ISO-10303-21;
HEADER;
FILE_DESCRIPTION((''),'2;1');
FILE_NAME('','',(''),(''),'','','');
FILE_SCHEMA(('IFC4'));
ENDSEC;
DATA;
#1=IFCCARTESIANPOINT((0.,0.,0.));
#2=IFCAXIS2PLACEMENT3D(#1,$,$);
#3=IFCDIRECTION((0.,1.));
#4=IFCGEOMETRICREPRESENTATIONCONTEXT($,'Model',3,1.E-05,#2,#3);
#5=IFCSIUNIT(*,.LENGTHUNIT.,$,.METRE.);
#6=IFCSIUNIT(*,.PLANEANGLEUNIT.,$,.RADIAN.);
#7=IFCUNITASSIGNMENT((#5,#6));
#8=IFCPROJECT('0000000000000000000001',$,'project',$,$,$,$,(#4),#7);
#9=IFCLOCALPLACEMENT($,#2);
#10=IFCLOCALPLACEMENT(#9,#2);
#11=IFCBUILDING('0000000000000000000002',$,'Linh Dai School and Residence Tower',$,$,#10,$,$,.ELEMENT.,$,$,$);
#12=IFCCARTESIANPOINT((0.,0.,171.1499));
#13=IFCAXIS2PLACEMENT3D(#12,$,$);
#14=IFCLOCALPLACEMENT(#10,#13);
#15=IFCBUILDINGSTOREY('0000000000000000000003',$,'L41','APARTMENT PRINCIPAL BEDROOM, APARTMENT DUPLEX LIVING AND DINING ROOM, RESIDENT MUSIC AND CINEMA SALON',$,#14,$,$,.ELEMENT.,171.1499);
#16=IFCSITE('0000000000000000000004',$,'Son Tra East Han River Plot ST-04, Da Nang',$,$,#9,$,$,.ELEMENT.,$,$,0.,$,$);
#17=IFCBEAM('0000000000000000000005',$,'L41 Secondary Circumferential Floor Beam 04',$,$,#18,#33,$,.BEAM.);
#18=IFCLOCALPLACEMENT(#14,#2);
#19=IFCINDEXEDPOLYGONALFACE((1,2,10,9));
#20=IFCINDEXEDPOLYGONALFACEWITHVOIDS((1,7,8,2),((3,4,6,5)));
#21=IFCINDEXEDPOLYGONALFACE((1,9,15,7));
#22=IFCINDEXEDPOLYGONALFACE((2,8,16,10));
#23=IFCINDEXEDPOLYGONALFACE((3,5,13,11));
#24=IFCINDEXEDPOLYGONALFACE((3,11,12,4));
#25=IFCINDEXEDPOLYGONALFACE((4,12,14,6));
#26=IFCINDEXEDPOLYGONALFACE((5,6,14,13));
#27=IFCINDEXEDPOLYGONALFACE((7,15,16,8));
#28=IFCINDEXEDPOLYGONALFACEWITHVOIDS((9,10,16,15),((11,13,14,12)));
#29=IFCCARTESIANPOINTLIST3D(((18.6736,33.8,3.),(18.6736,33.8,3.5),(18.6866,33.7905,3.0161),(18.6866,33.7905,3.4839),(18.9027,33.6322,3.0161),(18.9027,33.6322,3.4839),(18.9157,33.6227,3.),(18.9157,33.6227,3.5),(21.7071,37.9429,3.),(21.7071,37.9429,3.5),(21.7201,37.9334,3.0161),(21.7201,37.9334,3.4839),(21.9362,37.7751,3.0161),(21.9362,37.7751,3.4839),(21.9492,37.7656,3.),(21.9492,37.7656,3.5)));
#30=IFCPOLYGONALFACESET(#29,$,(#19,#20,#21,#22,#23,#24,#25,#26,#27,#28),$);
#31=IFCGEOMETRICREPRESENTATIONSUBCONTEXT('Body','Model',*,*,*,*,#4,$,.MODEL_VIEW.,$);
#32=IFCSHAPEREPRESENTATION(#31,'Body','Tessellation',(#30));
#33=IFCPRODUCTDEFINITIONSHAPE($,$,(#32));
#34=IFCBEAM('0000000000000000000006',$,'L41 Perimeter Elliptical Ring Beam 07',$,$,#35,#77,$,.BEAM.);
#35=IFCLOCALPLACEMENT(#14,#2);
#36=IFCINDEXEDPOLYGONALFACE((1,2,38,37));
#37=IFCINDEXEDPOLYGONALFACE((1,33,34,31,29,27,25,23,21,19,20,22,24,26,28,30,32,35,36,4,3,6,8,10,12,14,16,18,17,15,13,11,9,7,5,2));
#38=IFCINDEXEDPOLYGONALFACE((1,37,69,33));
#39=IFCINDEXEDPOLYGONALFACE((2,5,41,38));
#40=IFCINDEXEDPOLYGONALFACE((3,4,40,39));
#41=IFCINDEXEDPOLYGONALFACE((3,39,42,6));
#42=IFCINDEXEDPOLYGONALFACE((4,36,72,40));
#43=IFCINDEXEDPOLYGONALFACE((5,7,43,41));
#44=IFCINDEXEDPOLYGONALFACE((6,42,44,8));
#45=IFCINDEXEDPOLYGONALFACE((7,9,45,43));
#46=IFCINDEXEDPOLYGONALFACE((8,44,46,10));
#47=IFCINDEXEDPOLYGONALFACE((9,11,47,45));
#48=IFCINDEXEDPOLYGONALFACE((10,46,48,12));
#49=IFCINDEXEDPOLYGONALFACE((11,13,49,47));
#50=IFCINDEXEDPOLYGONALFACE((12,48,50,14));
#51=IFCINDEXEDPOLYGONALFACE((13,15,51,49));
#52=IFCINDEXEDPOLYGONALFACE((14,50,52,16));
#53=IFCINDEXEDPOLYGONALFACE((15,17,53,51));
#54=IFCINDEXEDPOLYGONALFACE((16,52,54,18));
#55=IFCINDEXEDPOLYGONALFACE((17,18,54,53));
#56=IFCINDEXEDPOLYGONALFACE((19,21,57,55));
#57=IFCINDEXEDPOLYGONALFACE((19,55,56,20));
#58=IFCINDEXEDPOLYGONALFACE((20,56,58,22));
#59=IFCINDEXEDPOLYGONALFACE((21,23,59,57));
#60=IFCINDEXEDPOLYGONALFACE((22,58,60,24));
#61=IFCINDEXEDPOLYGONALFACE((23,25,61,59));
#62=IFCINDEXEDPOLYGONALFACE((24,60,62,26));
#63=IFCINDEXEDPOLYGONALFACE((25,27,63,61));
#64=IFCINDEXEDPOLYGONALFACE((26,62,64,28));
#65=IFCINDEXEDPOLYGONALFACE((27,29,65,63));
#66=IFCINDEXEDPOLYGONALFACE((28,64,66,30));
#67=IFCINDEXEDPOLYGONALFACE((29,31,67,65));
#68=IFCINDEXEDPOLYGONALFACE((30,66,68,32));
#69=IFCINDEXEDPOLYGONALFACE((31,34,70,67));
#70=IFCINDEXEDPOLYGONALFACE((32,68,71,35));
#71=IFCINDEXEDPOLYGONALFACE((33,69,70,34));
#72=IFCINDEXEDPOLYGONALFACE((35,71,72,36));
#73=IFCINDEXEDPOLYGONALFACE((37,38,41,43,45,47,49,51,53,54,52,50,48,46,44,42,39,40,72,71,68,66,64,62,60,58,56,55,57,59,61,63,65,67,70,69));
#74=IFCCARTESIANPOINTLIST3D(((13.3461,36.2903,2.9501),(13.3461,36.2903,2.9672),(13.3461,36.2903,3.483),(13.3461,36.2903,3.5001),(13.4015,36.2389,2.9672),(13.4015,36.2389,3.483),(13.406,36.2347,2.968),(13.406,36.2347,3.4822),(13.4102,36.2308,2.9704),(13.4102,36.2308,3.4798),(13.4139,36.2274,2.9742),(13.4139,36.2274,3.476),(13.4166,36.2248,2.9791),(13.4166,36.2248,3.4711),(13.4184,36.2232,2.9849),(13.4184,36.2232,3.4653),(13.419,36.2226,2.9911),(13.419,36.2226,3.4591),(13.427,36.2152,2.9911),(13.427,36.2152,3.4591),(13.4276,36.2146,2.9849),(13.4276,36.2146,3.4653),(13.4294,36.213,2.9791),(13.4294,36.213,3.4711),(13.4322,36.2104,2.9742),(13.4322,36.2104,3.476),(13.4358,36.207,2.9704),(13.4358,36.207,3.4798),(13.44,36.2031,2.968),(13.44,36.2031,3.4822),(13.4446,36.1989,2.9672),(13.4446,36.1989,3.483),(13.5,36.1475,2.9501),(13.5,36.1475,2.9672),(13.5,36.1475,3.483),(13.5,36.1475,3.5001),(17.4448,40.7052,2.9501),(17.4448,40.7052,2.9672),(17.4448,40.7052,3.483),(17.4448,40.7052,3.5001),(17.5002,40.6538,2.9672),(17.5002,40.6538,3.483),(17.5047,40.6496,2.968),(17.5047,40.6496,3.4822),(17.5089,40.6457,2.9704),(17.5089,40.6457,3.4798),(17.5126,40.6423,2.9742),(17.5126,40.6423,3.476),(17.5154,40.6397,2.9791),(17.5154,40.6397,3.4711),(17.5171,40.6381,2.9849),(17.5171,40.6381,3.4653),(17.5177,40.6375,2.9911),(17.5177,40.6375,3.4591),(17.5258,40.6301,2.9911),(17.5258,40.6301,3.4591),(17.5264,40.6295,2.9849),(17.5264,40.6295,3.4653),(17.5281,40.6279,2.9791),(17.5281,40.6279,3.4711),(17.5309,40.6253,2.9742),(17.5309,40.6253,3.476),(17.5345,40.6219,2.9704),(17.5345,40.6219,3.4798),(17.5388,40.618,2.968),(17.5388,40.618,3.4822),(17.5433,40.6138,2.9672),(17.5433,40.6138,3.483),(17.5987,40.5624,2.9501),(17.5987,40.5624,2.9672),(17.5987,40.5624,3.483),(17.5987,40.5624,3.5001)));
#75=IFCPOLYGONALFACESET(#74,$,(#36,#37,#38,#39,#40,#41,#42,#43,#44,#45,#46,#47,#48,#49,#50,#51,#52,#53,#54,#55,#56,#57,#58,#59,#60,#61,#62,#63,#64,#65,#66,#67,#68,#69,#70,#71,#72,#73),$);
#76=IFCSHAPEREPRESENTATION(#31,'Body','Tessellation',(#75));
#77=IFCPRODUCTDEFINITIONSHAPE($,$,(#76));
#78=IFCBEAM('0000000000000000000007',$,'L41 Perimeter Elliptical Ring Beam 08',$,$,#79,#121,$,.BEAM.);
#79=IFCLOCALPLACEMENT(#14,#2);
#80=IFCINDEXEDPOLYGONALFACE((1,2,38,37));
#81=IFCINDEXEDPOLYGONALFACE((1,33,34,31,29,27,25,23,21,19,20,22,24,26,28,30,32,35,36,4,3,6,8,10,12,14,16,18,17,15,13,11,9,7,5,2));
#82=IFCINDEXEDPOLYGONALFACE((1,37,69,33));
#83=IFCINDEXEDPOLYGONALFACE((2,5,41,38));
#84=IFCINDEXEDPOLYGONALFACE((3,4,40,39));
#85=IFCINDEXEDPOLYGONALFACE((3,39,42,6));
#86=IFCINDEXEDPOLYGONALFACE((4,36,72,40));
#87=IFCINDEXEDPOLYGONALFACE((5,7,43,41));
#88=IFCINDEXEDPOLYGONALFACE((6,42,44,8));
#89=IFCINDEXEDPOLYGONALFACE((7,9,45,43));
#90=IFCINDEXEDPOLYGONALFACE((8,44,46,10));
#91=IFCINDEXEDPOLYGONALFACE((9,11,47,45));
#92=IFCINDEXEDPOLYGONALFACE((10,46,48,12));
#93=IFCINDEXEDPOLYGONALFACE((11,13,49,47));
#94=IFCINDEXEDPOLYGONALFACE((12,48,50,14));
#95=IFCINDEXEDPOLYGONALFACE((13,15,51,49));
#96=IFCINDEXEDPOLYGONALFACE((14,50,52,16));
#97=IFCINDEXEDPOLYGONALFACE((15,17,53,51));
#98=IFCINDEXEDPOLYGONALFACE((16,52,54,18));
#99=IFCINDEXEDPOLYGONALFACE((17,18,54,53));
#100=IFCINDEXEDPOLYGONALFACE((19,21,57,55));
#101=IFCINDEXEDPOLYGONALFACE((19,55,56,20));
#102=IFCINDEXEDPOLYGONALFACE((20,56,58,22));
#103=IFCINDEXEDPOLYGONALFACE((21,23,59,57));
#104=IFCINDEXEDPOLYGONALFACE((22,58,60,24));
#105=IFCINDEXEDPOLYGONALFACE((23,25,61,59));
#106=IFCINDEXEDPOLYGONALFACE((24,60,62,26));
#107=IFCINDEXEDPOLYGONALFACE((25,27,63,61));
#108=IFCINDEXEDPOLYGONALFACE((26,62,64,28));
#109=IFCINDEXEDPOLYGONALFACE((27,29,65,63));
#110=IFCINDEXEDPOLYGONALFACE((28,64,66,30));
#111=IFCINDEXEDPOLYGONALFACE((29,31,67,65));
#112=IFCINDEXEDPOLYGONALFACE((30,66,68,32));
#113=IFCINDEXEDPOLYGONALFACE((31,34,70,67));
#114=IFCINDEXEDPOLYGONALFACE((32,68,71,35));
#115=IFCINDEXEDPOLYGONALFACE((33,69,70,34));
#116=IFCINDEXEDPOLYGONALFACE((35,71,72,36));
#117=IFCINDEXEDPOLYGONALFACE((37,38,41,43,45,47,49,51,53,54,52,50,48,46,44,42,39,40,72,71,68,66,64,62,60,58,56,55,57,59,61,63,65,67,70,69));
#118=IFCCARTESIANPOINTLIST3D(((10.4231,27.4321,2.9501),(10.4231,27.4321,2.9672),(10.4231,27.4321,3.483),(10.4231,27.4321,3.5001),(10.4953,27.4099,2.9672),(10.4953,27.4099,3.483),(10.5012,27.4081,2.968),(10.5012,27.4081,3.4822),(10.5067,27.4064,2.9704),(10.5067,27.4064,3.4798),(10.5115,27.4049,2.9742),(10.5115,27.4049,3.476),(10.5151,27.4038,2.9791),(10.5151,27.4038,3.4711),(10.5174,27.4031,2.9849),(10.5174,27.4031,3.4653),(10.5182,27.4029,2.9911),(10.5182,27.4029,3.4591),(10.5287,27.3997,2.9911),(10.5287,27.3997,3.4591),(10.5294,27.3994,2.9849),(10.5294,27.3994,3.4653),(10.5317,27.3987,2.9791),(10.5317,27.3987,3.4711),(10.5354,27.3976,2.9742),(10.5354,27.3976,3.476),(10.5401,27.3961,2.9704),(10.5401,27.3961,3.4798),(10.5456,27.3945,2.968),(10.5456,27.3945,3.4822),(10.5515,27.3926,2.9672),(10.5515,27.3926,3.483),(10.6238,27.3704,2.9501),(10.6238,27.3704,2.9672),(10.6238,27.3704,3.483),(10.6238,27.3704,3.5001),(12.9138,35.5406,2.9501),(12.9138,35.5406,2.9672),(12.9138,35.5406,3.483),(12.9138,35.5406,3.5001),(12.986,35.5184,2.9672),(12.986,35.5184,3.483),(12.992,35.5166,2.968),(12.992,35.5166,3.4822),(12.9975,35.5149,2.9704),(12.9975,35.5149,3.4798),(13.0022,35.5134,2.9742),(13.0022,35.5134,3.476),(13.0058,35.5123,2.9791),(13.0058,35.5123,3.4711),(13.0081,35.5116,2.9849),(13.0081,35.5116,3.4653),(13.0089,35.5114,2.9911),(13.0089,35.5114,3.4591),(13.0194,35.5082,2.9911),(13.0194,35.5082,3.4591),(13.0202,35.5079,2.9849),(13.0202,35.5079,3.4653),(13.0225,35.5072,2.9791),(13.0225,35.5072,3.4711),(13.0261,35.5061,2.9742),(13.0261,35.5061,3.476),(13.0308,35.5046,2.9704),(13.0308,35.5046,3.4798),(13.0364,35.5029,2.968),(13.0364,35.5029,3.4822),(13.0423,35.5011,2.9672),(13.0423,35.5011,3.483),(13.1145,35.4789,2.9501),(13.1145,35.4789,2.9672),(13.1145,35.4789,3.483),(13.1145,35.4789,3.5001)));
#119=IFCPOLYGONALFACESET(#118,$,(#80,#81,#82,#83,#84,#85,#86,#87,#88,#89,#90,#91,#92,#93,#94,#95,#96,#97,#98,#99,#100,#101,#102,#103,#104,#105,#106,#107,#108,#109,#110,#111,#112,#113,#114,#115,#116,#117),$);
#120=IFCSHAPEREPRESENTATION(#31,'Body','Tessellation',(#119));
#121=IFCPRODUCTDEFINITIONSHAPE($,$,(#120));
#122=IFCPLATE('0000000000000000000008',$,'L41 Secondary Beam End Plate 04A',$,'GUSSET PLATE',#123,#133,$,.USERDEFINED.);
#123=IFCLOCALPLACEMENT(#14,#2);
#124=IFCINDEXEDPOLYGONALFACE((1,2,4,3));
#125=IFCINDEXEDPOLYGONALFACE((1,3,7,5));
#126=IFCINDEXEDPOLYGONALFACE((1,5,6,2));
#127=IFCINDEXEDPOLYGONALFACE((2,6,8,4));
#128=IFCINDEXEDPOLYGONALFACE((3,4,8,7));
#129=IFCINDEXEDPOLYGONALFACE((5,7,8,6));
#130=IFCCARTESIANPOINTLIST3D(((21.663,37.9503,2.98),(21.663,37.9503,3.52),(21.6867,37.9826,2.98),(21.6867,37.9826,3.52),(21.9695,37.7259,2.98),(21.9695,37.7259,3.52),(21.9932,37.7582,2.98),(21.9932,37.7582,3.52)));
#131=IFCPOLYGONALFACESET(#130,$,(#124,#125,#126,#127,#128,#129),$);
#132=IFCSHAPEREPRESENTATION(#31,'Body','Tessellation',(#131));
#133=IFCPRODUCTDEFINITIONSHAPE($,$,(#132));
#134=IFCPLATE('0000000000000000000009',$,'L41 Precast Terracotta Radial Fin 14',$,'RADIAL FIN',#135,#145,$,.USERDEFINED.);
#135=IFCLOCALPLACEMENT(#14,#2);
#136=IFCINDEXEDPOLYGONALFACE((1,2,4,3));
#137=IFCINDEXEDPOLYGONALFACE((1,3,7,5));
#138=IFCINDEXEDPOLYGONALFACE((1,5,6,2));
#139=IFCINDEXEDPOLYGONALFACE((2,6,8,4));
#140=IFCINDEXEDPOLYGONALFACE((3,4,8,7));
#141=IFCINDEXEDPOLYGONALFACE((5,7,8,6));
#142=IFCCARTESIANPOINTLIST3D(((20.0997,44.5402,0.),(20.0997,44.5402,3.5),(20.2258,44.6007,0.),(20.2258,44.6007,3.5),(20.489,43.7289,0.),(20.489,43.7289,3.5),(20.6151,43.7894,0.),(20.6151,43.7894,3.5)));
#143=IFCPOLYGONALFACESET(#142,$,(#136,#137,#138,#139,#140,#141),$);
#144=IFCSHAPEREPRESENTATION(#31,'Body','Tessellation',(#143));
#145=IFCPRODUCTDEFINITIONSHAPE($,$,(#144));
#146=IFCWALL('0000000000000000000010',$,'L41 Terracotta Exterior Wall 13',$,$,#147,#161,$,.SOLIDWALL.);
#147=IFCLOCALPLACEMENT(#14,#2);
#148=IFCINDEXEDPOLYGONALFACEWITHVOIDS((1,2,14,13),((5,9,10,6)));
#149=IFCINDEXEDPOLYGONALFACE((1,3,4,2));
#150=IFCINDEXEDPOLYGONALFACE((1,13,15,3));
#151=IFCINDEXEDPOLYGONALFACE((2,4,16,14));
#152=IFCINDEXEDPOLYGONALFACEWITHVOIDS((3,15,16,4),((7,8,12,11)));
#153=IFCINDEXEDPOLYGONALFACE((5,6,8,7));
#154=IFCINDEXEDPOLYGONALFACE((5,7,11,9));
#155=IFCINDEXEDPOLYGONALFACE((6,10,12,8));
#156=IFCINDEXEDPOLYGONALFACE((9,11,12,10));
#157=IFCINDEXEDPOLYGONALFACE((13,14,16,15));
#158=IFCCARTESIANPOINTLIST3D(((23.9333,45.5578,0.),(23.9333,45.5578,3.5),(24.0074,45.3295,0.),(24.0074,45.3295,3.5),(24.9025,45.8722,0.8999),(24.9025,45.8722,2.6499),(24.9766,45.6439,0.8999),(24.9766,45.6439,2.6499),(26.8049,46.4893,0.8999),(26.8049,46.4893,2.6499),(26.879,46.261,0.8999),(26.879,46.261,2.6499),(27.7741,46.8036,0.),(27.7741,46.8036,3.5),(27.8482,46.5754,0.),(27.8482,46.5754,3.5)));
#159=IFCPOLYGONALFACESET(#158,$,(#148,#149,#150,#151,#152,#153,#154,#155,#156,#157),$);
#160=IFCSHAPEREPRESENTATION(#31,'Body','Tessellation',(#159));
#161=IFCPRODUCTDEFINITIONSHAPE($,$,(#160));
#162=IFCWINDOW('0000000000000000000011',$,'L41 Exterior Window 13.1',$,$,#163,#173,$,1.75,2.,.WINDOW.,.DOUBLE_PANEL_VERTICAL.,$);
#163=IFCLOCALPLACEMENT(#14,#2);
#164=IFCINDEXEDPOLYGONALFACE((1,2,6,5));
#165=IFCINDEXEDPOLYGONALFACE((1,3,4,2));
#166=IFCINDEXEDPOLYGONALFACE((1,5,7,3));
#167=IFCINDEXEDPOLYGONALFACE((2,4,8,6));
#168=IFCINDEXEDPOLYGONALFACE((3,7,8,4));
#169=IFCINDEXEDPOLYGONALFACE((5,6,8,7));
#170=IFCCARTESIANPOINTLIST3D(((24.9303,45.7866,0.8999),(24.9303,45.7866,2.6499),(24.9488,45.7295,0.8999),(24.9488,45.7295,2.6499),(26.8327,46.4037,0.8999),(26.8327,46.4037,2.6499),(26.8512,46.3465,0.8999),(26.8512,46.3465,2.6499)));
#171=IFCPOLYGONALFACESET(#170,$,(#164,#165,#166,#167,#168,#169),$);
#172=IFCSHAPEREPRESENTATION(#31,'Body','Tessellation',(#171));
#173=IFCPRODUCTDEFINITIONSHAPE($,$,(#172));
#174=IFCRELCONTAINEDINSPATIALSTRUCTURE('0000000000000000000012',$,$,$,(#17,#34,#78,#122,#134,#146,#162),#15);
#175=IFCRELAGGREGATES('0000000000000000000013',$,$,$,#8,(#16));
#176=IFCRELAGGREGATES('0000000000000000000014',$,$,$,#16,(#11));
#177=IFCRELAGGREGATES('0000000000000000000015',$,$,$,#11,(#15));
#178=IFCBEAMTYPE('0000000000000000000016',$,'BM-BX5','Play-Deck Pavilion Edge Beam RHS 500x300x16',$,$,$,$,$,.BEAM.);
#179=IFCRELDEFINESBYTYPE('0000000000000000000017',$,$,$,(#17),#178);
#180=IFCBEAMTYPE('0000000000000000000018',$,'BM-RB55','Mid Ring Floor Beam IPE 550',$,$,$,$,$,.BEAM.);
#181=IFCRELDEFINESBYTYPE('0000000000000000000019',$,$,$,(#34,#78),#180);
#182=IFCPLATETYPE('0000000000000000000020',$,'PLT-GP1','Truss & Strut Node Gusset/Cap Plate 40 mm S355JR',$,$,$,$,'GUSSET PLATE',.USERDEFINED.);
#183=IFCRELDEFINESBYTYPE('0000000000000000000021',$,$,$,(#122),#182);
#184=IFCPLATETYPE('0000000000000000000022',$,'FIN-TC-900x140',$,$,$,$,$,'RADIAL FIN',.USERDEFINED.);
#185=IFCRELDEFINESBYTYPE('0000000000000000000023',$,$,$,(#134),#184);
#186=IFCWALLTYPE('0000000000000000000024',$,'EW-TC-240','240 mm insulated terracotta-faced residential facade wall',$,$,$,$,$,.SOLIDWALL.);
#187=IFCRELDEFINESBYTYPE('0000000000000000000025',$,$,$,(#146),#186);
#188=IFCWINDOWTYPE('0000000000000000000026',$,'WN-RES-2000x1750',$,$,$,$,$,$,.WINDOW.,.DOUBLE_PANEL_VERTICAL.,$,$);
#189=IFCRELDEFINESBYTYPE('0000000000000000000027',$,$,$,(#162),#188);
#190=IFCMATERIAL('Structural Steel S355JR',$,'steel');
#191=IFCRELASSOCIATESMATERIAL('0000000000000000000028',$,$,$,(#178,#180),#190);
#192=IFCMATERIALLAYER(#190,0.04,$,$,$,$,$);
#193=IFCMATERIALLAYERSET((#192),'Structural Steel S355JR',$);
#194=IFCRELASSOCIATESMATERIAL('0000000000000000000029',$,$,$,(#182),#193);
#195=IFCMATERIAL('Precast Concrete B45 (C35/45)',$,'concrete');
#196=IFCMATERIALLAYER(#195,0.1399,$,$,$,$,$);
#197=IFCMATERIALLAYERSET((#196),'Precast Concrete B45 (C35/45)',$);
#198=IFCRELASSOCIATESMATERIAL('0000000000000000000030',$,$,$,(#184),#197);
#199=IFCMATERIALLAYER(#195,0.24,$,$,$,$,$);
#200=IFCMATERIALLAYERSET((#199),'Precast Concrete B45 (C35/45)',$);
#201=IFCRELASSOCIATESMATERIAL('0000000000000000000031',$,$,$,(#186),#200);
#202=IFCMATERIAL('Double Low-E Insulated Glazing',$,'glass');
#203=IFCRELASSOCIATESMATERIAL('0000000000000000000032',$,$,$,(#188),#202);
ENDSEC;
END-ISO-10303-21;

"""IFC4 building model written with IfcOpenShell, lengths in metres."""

from ifc_helpers import new_model, si_unit, direction, frame, frame_2d, origin, origin_2d, place, context, subcontext, project, spatial, rectangle, hollow_rectangle, i_section, extrude, source, transform, mapped, material, layer, layer_set, material_profile, profile_set, type_object, element, fill, save


model = new_model("IFC4")

# Units and contexts
model_context = context("Model", 3, precision=1e-05, world=origin(), true_north=direction((0.0, 1.0)))
body_context = subcontext(model_context, "Body", "Model", "MODEL_VIEW")
ifc_project = project(units=[si_unit("LENGTHUNIT", "METRE"), si_unit("PLANEANGLEUNIT", "RADIAN")], contexts=[model_context])

# Site, building, storey
site_placement = place(None, origin())
site = spatial("IfcSite", under=ifc_project, at=site_placement, Name="Son Tra East Han River Plot ST-04, Da Nang", CompositionType="ELEMENT", RefElevation=0.0)
building_placement = place(site_placement, origin())
building = spatial("IfcBuilding", under=site, at=building_placement, Name="Linh Dai School and Residence Tower", CompositionType="ELEMENT")
storey_placement = place(building_placement, frame((0.0, 0.0, 171.1499)))
storey = spatial("IfcBuildingStorey", under=building, at=storey_placement, Name="L41", Description="APARTMENT PRINCIPAL BEDROOM, APARTMENT DUPLEX LIVING AND DINING ROOM, RESIDENT MUSIC AND CINEMA SALON", CompositionType="ELEMENT", Elevation=171.1499)

# Shared definitions
ifc_material_1 = material(Name="Structural Steel S355JR", Category="steel")

# Beams
ifc_material_profile_1 = material_profile(ifc_material_1, hollow_rectangle(XDim=0.3, YDim=0.5, WallThickness=0.0161, at=origin_2d()), Name="RHS 500x300x16")
ifc_profile_set_1 = profile_set([ifc_material_profile_1], Name="Structural Steel S355JR")
beam_type_1 = type_object("IfcBeamType", Name="BM-BX5", Description="Play-Deck Pavilion Edge Beam RHS 500x300x16", PredefinedType="BEAM", material=ifc_profile_set_1)
beam_1_placement = place(storey_placement, frame((21.8281, 37.8542, 3.25), z_axis=(-0.590778, -0.806834, 0.0), x_axis=(0.806834, -0.590778, 0.0)))
element("IfcBeam", 1, at=beam_1_placement, inside=storey, type_object=beam_type_1, Name="L41 Secondary Circumferential Floor Beam 04", PredefinedType="BEAM", context=body_context, shape_type="SweptSolid", body=[
    extrude(hollow_rectangle(XDim=0.3, YDim=0.5, WallThickness=0.0161, at=origin_2d()), origin(), (0.0, 0.0, 1.0), 5.1348),
])
ifc_material_profile_2 = material_profile(ifc_material_1, i_section(OverallWidth=0.21, OverallDepth=0.55, WebThickness=0.011, FlangeThickness=0.0171, FilletRadius=0.0239, at=origin_2d()), Name="IPE 550")
ifc_profile_set_2 = profile_set([ifc_material_profile_2], Name="Structural Steel S355JR")
beam_type_2 = type_object("IfcBeamType", Name="BM-RB55", Description="Mid Ring Floor Beam IPE 550", PredefinedType="BEAM", material=ifc_profile_set_2)
beam_2_placement = place(storey_placement, frame((17.5217, 40.6338, 3.2251), z_axis=(-0.680378, -0.732861, 0.0), x_axis=(0.732861, -0.680378, 0.0)))
element("IfcBeam", 2, at=beam_2_placement, inside=storey, type_object=beam_type_2, Name="L41 Perimeter Elliptical Ring Beam 07", PredefinedType="BEAM", context=body_context, shape_type="SweptSolid", body=[
    extrude(i_section(OverallWidth=0.21, OverallDepth=0.55, WebThickness=0.011, FlangeThickness=0.0171, FilletRadius=0.0239, at=origin_2d()), origin(), (0.0, 0.0, 1.0), 6.0242),
])
beam_3_placement = place(storey_placement, frame((13.0142, 35.5098, 3.2251), z_axis=(-0.293637, -0.955917, 0.0), x_axis=(0.955917, -0.293637, 0.0)))
element("IfcBeam", 3, at=beam_3_placement, inside=storey, type_object=beam_type_2, Name="L41 Perimeter Elliptical Ring Beam 08", PredefinedType="BEAM", context=body_context, shape_type="SweptSolid", body=[
    extrude(i_section(OverallWidth=0.21, OverallDepth=0.55, WebThickness=0.011, FlangeThickness=0.0171, FilletRadius=0.0239, at=origin_2d()), origin(), (0.0, 0.0, 1.0), 8.4824),
])

# Plates
ifc_layer_1 = layer(ifc_material_1, 0.04)
ifc_layer_set_1 = layer_set([ifc_layer_1], Name="Structural Steel S355JR")
plate_type_1 = type_object("IfcPlateType", Name="PLT-GP1", Description="Truss & Strut Node Gusset/Cap Plate 40 mm S355JR", ElementType="GUSSET PLATE", PredefinedType="USERDEFINED", material=ifc_layer_set_1)
shared_shape_1 = source(origin(), body_context, "Body", "SweptSolid", [
    extrude(rectangle(XDim=0.04, YDim=0.3799, at=origin_2d()), origin(), (0.0, 0.0, 1.0), 0.54),
])
plate_1_placement = place(storey_placement, frame((21.8281, 37.8542, 2.98), z_axis=(0.0, 0.0, 1.0), x_axis=(-0.590797, -0.80682, 0.0)))
element("IfcPlate", 4, at=plate_1_placement, inside=storey, type_object=plate_type_1, Name="L41 Secondary Beam End Plate 04A", ObjectType="GUSSET PLATE", PredefinedType="USERDEFINED", context=body_context, shape_type="MappedRepresentation", body=[
    mapped(shared_shape_1, transform((0.0, 0.0, 0.0), x_axis=(1.0, 0.0, 0.0), y_axis=(0.0, 1.0, 0.0), z_axis=(0.0, 0.0, 1.0), scale=1.0)),
])
ifc_material_2 = material(Name="Precast Concrete B45 (C35/45)", Category="concrete")
ifc_layer_2 = layer(ifc_material_2, 0.1399)
ifc_layer_set_2 = layer_set([ifc_layer_2], Name="Precast Concrete B45 (C35/45)")
plate_type_2 = type_object("IfcPlateType", Name="FIN-TC-900x140", ElementType="RADIAL FIN", PredefinedType="USERDEFINED", material=ifc_layer_set_2)
shared_shape_2 = source(origin(), body_context, "Body", "SweptSolid", [
    extrude(rectangle(XDim=0.8999, YDim=0.1399, at=origin_2d()), origin(), (0.0, 0.0, 1.0), 3.5),
])
plate_2_placement = place(storey_placement, frame((20.3574, 44.1648, 0.0), z_axis=(0.0, 0.0, 1.0), x_axis=(-0.432635, 0.901569, 0.0)))
element("IfcPlate", 5, at=plate_2_placement, inside=storey, type_object=plate_type_2, Name="L41 Precast Terracotta Radial Fin 14", ObjectType="RADIAL FIN", PredefinedType="USERDEFINED", context=body_context, shape_type="MappedRepresentation", body=[
    mapped(shared_shape_2, transform((0.0, 0.0, 0.0), x_axis=(1.0, 0.0, 0.0), y_axis=(0.0, 1.0, 0.0), z_axis=(0.0, 0.0, 1.0), scale=1.0)),
])

# Wall, opening, window
ifc_layer_3 = layer(ifc_material_2, 0.24)
ifc_layer_set_3 = layer_set([ifc_layer_3], Name="Precast Concrete B45 (C35/45)")
wall_type_1 = type_object("IfcWallType", Name="EW-TC-240", Description="240 mm insulated terracotta-faced residential facade wall", PredefinedType="SOLIDWALL", material=ifc_layer_set_3)
wall_1_placement = place(storey_placement, frame((23.9702, 45.4436, 0.0), z_axis=(0.0, 0.0, 1.0), x_axis=(0.95121, 0.308545, 0.0)))
wall_1 = element("IfcWall", 6, at=wall_1_placement, inside=storey, type_object=wall_type_1, Name="L41 Terracotta Exterior Wall 13", PredefinedType="SOLIDWALL", context=body_context, shape_type="SweptSolid", body=[
    extrude(rectangle(XDim=4.0378, YDim=0.24, at=frame_2d((2.019, 0.0))), origin(), (0.0, 0.0, 1.0), 3.5),
])
opening_1_placement = place(wall_1_placement, frame((1.019, 0.0, 0.8999)))
opening_1 = element("IfcOpeningElement", 7, at=opening_1_placement, cuts=wall_1, PredefinedType="OPENING", context=body_context, shape_type="SweptSolid", body=[
    extrude(rectangle(XDim=2.0, YDim=1.75, at=origin_2d()), frame((1.0, 0.1299, 0.875), z_axis=(0.0, -1.0, 0.0), x_axis=(1.0, 0.0, 0.0)), (0.0, 0.0, 1.0), 0.26),
])
ifc_material_3 = material(Name="Double Low-E Insulated Glazing", Category="glass")
window_type_1 = type_object("IfcWindowType", Name="WN-RES-2000x1750", PartitioningType="DOUBLE_PANEL_VERTICAL", PredefinedType="WINDOW", material=ifc_material_3)
shared_shape_3 = source(origin(), body_context, "Body", "SweptSolid", [
    extrude(rectangle(XDim=2.0, YDim=1.75, at=origin_2d()), frame((1.0, 0.03, 0.875), z_axis=(0.0, -1.0, 0.0), x_axis=(1.0, 0.0, 0.0)), (0.0, 0.0, 1.0), 0.0601),
])
window_1_placement = place(opening_1_placement, origin())
window_1 = element("IfcWindow", 8, at=window_1_placement, inside=storey, type_object=window_type_1, Name="L41 Exterior Window 13.1", OverallHeight=1.75, OverallWidth=2.0, PartitioningType="DOUBLE_PANEL_VERTICAL", PredefinedType="WINDOW", context=body_context, shape_type="MappedRepresentation", body=[
    mapped(shared_shape_3, transform((0.0, 0.0, 0.0), x_axis=(1.0, 0.0, 0.0), y_axis=(0.0, 1.0, 0.0), z_axis=(0.0, 0.0, 1.0), scale=1.0)),
])
fill(opening_1, window_1)

save(model, "model.ifc")
